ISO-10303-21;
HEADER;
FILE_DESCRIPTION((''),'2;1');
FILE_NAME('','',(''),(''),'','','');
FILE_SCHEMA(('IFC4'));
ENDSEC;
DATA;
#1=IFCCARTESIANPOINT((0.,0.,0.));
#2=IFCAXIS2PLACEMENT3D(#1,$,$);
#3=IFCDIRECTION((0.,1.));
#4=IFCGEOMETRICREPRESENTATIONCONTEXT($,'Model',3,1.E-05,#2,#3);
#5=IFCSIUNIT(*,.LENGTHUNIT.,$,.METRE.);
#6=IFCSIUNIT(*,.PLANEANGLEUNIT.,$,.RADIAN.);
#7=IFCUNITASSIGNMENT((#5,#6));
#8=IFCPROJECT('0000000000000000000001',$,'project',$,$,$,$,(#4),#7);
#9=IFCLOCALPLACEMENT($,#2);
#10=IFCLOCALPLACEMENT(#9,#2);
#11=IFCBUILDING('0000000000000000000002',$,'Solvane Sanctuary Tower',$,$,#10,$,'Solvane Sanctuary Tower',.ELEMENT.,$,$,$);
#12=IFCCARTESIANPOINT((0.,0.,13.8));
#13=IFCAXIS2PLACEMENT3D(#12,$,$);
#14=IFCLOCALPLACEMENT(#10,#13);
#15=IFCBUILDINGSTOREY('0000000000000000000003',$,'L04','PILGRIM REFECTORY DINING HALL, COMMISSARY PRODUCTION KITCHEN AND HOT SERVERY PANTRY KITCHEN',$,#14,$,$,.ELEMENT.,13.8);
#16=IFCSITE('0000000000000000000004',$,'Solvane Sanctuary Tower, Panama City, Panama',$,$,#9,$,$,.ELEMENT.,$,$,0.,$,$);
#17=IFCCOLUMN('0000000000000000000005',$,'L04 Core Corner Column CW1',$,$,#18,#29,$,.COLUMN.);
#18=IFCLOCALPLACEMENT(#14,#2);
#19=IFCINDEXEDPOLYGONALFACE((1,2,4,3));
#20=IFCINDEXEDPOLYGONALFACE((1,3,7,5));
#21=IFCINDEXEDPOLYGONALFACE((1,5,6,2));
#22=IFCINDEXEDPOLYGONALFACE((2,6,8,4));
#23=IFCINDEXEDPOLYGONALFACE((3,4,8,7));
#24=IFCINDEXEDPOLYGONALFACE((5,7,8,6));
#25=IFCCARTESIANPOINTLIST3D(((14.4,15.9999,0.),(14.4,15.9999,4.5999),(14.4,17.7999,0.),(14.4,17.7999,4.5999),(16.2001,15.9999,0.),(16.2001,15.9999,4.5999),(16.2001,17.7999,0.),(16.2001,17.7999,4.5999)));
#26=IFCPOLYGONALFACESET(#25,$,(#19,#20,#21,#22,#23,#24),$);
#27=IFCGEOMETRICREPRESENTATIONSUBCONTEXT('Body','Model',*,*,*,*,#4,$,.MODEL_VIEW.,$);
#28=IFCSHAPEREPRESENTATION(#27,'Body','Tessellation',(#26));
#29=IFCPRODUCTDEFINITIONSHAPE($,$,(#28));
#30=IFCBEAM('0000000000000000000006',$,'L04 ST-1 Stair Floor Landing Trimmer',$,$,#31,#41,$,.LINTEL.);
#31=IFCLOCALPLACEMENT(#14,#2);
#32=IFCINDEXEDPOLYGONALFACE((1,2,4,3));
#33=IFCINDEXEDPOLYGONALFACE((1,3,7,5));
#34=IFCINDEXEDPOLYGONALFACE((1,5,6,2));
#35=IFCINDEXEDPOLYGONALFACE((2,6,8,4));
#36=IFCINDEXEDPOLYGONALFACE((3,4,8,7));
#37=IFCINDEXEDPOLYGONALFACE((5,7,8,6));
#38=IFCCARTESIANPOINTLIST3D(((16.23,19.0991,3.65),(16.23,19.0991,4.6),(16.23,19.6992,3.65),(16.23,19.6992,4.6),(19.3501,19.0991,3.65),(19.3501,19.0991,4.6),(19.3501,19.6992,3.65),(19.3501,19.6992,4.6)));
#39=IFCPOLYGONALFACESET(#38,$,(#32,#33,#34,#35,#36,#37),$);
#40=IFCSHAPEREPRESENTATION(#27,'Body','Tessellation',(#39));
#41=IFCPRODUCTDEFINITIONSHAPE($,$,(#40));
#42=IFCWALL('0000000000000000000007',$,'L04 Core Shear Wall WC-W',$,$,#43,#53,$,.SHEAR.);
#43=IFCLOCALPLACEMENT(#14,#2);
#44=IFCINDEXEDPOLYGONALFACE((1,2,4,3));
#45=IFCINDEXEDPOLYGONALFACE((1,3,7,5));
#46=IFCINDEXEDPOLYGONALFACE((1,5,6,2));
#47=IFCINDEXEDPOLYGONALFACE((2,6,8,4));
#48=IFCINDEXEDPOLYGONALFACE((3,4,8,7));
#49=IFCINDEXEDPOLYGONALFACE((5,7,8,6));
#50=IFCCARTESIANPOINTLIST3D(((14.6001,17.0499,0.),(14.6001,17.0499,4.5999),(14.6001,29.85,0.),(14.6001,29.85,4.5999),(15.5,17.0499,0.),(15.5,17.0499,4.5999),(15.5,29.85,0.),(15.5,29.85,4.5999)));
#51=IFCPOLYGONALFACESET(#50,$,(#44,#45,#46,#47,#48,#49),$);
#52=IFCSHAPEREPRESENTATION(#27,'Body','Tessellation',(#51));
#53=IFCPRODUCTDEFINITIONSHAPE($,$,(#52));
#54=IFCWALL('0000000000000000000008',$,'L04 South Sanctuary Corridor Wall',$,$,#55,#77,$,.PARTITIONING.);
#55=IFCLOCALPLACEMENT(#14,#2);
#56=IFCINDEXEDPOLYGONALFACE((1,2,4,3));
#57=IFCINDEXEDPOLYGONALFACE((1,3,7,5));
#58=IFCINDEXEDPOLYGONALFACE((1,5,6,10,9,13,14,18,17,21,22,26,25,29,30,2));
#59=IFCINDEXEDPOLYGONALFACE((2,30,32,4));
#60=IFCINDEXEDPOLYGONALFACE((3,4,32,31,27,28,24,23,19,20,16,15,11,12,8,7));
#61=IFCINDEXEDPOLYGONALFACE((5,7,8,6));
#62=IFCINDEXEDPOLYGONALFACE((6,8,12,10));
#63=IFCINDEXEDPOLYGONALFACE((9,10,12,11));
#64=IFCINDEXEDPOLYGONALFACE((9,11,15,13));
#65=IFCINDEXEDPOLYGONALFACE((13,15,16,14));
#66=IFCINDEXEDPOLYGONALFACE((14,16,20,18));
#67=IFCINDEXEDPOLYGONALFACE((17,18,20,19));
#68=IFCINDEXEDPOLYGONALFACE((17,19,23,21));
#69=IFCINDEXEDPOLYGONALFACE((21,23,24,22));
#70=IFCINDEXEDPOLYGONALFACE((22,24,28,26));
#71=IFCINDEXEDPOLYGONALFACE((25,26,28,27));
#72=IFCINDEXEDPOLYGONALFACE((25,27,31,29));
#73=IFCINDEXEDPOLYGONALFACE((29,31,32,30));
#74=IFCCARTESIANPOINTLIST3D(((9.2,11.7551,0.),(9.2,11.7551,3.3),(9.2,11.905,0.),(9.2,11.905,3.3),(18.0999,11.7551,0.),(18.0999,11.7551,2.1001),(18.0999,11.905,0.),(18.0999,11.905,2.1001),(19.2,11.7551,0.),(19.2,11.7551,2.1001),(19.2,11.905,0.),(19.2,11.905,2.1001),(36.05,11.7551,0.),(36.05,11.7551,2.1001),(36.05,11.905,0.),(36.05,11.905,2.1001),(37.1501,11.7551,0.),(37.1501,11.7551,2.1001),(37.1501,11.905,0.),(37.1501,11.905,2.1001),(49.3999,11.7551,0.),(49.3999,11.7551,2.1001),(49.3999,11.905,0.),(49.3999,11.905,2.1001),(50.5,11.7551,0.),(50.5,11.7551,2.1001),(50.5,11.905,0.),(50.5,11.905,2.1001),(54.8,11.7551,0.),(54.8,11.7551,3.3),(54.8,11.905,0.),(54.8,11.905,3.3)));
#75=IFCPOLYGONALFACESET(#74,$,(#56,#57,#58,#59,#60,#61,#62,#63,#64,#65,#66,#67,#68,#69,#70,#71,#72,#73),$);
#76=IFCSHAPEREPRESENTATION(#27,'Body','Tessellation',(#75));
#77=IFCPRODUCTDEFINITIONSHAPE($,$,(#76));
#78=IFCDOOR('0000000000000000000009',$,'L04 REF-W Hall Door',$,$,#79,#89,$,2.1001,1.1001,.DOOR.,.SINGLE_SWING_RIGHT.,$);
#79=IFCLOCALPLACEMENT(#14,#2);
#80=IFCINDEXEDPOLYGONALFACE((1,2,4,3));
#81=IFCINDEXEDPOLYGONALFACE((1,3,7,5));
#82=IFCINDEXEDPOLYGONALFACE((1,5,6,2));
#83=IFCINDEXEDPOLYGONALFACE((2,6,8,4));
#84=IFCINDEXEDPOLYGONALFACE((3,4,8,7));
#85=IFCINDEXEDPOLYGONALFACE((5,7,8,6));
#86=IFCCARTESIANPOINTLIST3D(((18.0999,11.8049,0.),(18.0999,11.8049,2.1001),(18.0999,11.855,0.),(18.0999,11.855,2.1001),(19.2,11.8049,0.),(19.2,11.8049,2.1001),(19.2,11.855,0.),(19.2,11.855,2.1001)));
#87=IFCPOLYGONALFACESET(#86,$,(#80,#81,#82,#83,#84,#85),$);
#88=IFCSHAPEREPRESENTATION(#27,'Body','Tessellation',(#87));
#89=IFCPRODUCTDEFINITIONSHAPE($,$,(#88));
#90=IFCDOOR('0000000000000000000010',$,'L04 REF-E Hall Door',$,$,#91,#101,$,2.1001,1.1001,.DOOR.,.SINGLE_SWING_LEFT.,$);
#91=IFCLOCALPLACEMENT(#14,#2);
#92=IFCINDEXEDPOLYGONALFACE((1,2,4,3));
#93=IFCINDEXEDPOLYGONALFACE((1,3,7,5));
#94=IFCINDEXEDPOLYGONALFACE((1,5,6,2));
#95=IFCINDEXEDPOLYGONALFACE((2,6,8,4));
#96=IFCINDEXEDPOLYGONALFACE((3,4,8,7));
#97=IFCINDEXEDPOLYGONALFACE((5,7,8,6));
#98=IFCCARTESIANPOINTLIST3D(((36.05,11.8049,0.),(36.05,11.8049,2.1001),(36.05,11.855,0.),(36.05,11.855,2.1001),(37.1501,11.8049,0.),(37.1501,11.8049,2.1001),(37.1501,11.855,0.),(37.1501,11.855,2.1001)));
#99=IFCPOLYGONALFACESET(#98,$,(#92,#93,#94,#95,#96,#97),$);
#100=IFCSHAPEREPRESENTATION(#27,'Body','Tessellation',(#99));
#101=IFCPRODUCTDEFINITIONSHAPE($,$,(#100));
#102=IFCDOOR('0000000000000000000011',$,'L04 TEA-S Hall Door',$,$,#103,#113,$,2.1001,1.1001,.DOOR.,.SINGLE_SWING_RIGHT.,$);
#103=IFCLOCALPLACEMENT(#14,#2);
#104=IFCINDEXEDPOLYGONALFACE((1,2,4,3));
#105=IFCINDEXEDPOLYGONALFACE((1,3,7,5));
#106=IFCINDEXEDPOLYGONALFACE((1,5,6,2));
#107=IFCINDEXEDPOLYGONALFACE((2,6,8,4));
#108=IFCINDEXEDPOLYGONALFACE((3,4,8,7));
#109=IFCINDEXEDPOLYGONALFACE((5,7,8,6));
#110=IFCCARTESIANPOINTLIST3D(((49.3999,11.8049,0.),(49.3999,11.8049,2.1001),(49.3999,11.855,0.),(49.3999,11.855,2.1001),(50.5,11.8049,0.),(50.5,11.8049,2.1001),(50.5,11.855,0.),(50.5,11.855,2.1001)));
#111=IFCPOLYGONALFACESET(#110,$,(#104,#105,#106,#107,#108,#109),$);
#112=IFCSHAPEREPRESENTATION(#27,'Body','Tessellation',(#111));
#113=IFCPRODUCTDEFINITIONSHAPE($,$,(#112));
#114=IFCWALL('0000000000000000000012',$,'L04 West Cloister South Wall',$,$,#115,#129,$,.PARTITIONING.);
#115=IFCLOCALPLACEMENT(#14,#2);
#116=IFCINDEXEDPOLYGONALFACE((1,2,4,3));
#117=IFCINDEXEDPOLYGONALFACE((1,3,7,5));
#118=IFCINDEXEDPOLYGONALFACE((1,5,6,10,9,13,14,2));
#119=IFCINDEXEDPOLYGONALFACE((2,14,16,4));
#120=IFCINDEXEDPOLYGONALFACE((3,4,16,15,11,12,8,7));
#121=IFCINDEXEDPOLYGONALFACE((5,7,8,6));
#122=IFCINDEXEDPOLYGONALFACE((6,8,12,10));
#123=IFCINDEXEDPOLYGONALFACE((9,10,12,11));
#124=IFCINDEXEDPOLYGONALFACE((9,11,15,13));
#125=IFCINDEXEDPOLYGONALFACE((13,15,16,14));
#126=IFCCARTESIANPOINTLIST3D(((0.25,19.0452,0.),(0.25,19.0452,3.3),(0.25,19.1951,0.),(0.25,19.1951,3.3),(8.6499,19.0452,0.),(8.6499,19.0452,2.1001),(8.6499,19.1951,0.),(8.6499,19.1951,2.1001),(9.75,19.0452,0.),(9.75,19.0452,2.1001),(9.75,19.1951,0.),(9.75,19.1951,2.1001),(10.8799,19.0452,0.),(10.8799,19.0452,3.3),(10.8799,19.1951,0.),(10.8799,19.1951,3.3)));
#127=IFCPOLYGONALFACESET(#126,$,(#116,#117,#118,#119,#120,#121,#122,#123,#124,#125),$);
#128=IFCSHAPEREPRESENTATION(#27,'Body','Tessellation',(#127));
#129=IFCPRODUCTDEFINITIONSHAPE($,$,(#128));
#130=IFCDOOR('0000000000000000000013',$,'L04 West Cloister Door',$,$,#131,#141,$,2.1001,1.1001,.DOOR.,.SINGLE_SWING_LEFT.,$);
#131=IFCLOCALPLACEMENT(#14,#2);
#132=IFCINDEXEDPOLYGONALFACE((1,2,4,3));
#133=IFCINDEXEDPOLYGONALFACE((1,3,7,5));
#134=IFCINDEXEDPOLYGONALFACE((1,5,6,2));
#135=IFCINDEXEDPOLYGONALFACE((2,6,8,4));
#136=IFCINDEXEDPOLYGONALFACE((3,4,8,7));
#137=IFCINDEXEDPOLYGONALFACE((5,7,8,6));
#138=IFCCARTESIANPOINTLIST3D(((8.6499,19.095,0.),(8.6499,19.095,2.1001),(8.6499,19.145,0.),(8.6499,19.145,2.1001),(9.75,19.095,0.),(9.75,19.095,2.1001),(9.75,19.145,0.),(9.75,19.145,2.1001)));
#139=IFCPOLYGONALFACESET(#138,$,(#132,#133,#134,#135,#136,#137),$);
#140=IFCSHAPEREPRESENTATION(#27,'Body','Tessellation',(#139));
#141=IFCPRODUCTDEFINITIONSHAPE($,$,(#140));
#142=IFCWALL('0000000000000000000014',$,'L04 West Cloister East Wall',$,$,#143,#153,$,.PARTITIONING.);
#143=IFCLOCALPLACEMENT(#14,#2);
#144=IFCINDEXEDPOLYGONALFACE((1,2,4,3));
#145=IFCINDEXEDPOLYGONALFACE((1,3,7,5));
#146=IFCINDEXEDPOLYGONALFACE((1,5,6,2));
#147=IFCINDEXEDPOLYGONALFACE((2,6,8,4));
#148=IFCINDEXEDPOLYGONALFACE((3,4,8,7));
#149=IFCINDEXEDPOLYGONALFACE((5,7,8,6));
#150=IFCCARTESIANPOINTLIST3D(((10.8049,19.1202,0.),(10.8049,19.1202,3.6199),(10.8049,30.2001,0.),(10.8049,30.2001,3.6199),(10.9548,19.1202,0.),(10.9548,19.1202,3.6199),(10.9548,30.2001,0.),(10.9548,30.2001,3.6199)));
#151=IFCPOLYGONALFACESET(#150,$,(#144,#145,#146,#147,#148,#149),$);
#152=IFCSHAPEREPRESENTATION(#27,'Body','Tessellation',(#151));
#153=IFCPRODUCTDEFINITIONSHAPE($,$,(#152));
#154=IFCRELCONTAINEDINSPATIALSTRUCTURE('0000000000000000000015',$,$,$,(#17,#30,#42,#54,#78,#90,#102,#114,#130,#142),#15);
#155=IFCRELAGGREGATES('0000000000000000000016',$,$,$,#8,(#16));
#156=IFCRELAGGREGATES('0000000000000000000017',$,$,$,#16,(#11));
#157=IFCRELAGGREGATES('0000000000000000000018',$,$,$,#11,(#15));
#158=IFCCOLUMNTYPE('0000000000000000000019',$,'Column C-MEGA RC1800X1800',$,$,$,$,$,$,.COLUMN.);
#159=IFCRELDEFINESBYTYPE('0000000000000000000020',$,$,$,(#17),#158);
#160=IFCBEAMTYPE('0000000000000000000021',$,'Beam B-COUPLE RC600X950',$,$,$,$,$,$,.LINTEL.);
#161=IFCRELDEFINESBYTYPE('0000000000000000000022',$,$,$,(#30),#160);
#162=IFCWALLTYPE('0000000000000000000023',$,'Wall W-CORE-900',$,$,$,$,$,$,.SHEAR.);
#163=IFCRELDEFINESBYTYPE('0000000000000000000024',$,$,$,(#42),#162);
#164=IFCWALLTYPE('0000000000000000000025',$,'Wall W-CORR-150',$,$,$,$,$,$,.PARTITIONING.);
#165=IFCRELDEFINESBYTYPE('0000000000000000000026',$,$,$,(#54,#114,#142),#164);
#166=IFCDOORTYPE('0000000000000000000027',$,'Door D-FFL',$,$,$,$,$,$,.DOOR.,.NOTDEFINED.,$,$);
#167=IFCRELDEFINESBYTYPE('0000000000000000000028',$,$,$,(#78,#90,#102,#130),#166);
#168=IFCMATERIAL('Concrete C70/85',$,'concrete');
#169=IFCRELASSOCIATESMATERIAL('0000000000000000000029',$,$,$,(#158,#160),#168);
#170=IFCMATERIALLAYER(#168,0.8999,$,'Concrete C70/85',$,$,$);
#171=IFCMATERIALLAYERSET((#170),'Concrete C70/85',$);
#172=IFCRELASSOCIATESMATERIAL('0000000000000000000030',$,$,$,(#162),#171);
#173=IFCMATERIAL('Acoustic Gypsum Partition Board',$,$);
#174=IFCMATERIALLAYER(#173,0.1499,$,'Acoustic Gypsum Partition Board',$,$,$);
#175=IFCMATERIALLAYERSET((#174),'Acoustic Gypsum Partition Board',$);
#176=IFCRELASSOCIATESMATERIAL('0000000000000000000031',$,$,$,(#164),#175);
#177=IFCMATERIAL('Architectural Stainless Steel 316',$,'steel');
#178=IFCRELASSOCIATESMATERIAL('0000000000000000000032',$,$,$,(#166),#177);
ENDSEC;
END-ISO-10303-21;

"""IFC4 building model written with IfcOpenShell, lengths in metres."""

from ifc_helpers import new_model, si_unit, direction, frame, frame_2d, origin, origin_2d, place, context, subcontext, project, spatial, rectangle, extrude, material, layer, layer_set, material_profile, profile_set, type_object, element, fill, save


model = new_model("IFC4")

# Units and contexts
model_context = context("Model", 3, precision=1e-05, world=origin(), true_north=direction((0.0, 1.0)))
body_context = subcontext(model_context, "Body", "Model", "MODEL_VIEW")
ifc_project = project(units=[si_unit("LENGTHUNIT", "METRE"), si_unit("PLANEANGLEUNIT", "RADIAN")], contexts=[model_context])

# Site, building, storey
site_placement = place(None, origin())
site = spatial("IfcSite", under=ifc_project, at=site_placement, Name="Solvane Sanctuary Tower, Panama City, Panama", CompositionType="ELEMENT", RefElevation=0.0)
building_placement = place(site_placement, origin())
building = spatial("IfcBuilding", under=site, at=building_placement, Name="Solvane Sanctuary Tower", LongName="Solvane Sanctuary Tower", CompositionType="ELEMENT")
storey_placement = place(building_placement, frame((0.0, 0.0, 13.8)))
storey = spatial("IfcBuildingStorey", under=building, at=storey_placement, Name="L04", Description="PILGRIM REFECTORY DINING HALL, COMMISSARY PRODUCTION KITCHEN AND HOT SERVERY PANTRY KITCHEN", CompositionType="ELEMENT", Elevation=13.8)

# Column
ifc_material_1 = material(Name="Concrete C70/85", Category="concrete")
ifc_material_profile_1 = material_profile(ifc_material_1, rectangle(XDim=1.8, YDim=1.8, at=origin_2d()), Name="RC1800X1800")
ifc_profile_set_1 = profile_set([ifc_material_profile_1], Name="Concrete C70/85")
column_type = type_object("IfcColumnType", Name="Column C-MEGA RC1800X1800", PredefinedType="COLUMN", material=ifc_profile_set_1)
column_placement = place(storey_placement, frame((15.3, 16.8999, 0.0), z_axis=(0.0, 0.0, 1.0), x_axis=(1.0, 0.0, 0.0)))
element("IfcColumn", 1, at=column_placement, inside=storey, type_object=column_type, Name="L04 Core Corner Column CW1", PredefinedType="COLUMN", context=body_context, shape_type="SweptSolid", body=[
    extrude(rectangle(XDim=1.8, YDim=1.8, at=origin_2d()), origin(), (0.0, 0.0, 1.0), 4.5999),
])

# Beam
ifc_material_profile_2 = material_profile(ifc_material_1, rectangle(XDim=0.6001, YDim=0.95, at=origin_2d()), Name="RC600X950")
ifc_profile_set_2 = profile_set([ifc_material_profile_2], Name="Concrete C70/85")
beam_type = type_object("IfcBeamType", Name="Beam B-COUPLE RC600X950", PredefinedType="LINTEL", material=ifc_profile_set_2)
beam_placement = place(storey_placement, frame((16.23, 19.3992, 4.125), z_axis=(1.0, 0.0, 0.0), x_axis=(0.0, 1.0, 0.0)))
element("IfcBeam", 2, at=beam_placement, inside=storey, type_object=beam_type, Name="L04 ST-1 Stair Floor Landing Trimmer", PredefinedType="LINTEL", context=body_context, shape_type="SweptSolid", body=[
    extrude(rectangle(XDim=0.6001, YDim=0.95, at=origin_2d()), origin(), (0.0, 0.0, 1.0), 3.1201),
])

# Wall
ifc_layer_1 = layer(ifc_material_1, 0.8999, Name="Concrete C70/85")
ifc_layer_set_1 = layer_set([ifc_layer_1], Name="Concrete C70/85")
wall_type_1 = type_object("IfcWallType", Name="Wall W-CORE-900", PredefinedType="SHEAR", material=ifc_layer_set_1)
wall_1_placement = place(storey_placement, frame((15.05, 17.05, 0.0), z_axis=(0.0, 0.0, 1.0), x_axis=(0.0, 1.0, 0.0)))
element("IfcWall", 3, at=wall_1_placement, inside=storey, type_object=wall_type_1, Name="L04 Core Shear Wall WC-W", PredefinedType="SHEAR", context=body_context, shape_type="SweptSolid", body=[
    extrude(rectangle(XDim=12.8, YDim=0.8999, at=frame_2d((6.3999, 0.0))), origin(), (0.0, 0.0, 1.0), 4.5999),
])

# Wall, openings, doors
ifc_material_2 = material(Name="Acoustic Gypsum Partition Board")
ifc_layer_2 = layer(ifc_material_2, 0.1499, Name="Acoustic Gypsum Partition Board")
ifc_layer_set_2 = layer_set([ifc_layer_2], Name="Acoustic Gypsum Partition Board")
wall_type_2 = type_object("IfcWallType", Name="Wall W-CORR-150", PredefinedType="PARTITIONING", material=ifc_layer_set_2)
wall_2_placement = place(storey_placement, frame((9.2, 11.8301, 0.0), z_axis=(0.0, 0.0, 1.0), x_axis=(1.0, 0.0, 0.0)))
wall_2 = element("IfcWall", 4, at=wall_2_placement, inside=storey, type_object=wall_type_2, Name="L04 South Sanctuary Corridor Wall", PredefinedType="PARTITIONING", context=body_context, shape_type="SweptSolid", body=[
    extrude(rectangle(XDim=45.6001, YDim=0.1499, at=frame_2d((22.8, 0.0))), origin(), (0.0, 0.0, 1.0), 3.3),
])
opening_1_placement = place(wall_2_placement, frame((8.8999, 0.0, 0.0)))
opening_1 = element("IfcOpeningElement", 5, at=opening_1_placement, cuts=wall_2, PredefinedType="OPENING", context=body_context, shape_type="SweptSolid", body=[
    extrude(rectangle(XDim=1.1001, YDim=2.1001, at=frame_2d((0.55, 1.05))), frame((0.0, 0.085, 0.0), z_axis=(0.0, -1.0, 0.0), x_axis=(1.0, 0.0, 0.0)), (0.0, 0.0, 1.0), 0.1699),
])
opening_2_placement = place(wall_2_placement, frame((26.8501, 0.0, 0.0)))
opening_2 = element("IfcOpeningElement", 6, at=opening_2_placement, cuts=wall_2, PredefinedType="OPENING", context=body_context, shape_type="SweptSolid", body=[
    extrude(rectangle(XDim=1.1001, YDim=2.1001, at=frame_2d((0.55, 1.05))), frame((0.0, 0.085, 0.0), z_axis=(0.0, -1.0, 0.0), x_axis=(1.0, 0.0, 0.0)), (0.0, 0.0, 1.0), 0.1699),
])
opening_3_placement = place(wall_2_placement, frame((40.2, 0.0, 0.0)))
opening_3 = element("IfcOpeningElement", 7, at=opening_3_placement, cuts=wall_2, PredefinedType="OPENING", context=body_context, shape_type="SweptSolid", body=[
    extrude(rectangle(XDim=1.1001, YDim=2.1001, at=frame_2d((0.55, 1.05))), frame((0.0, 0.085, 0.0), z_axis=(0.0, -1.0, 0.0), x_axis=(1.0, 0.0, 0.0)), (0.0, 0.0, 1.0), 0.1699),
])
ifc_material_3 = material(Name="Architectural Stainless Steel 316", Category="steel")
door_type_1 = type_object("IfcDoorType", Name="Door D-FFL", OperationType="NOTDEFINED", PredefinedType="DOOR", material=ifc_material_3)
door_1_placement = place(opening_1_placement, origin())
door_1 = element("IfcDoor", 8, at=door_1_placement, inside=storey, type_object=door_type_1, Name="L04 REF-W Hall Door", OperationType="SINGLE_SWING_RIGHT", OverallHeight=2.1001, OverallWidth=1.1001, PredefinedType="DOOR", context=body_context, shape_type="SweptSolid", body=[
    extrude(rectangle(XDim=1.1001, YDim=2.1001, at=frame_2d((0.55, 1.05))), frame((0.0, 0.0249, 0.0), z_axis=(0.0, -1.0, 0.0), x_axis=(1.0, 0.0, 0.0)), (0.0, 0.0, 1.0), 0.05),
])
fill(opening_1, door_1)
door_2_placement = place(opening_2_placement, origin())
door_2 = element("IfcDoor", 9, at=door_2_placement, inside=storey, type_object=door_type_1, Name="L04 REF-E Hall Door", OperationType="SINGLE_SWING_LEFT", OverallHeight=2.1001, OverallWidth=1.1001, PredefinedType="DOOR", context=body_context, shape_type="SweptSolid", body=[
    extrude(rectangle(XDim=1.1001, YDim=2.1001, at=frame_2d((0.55, 1.05))), frame((0.0, 0.0249, 0.0), z_axis=(0.0, -1.0, 0.0), x_axis=(1.0, 0.0, 0.0)), (0.0, 0.0, 1.0), 0.05),
])
fill(opening_2, door_2)
door_3_placement = place(opening_3_placement, origin())
door_3 = element("IfcDoor", 10, at=door_3_placement, inside=storey, type_object=door_type_1, Name="L04 TEA-S Hall Door", OperationType="SINGLE_SWING_RIGHT", OverallHeight=2.1001, OverallWidth=1.1001, PredefinedType="DOOR", context=body_context, shape_type="SweptSolid", body=[
    extrude(rectangle(XDim=1.1001, YDim=2.1001, at=frame_2d((0.55, 1.05))), frame((0.0, 0.0249, 0.0), z_axis=(0.0, -1.0, 0.0), x_axis=(1.0, 0.0, 0.0)), (0.0, 0.0, 1.0), 0.05),
])
fill(opening_3, door_3)

# Wall, opening, door
wall_3_placement = place(storey_placement, frame((0.25, 19.1201, 0.0), z_axis=(0.0, 0.0, 1.0), x_axis=(1.0, 0.0, 0.0)))
wall_3 = element("IfcWall", 11, at=wall_3_placement, inside=storey, type_object=wall_type_2, Name="L04 West Cloister South Wall", PredefinedType="PARTITIONING", context=body_context, shape_type="SweptSolid", body=[
    extrude(rectangle(XDim=10.6299, YDim=0.1499, at=frame_2d((5.3149, 0.0))), origin(), (0.0, 0.0, 1.0), 3.3),
])
opening_4_placement = place(wall_3_placement, frame((8.3999, 0.0, 0.0)))
opening_4 = element("IfcOpeningElement", 12, at=opening_4_placement, cuts=wall_3, PredefinedType="OPENING", context=body_context, shape_type="SweptSolid", body=[
    extrude(rectangle(XDim=1.1001, YDim=2.1001, at=frame_2d((0.55, 1.05))), frame((0.0, 0.085, 0.0), z_axis=(0.0, -1.0, 0.0), x_axis=(1.0, 0.0, 0.0)), (0.0, 0.0, 1.0), 0.1699),
])
door_4_placement = place(opening_4_placement, origin())
door_4 = element("IfcDoor", 13, at=door_4_placement, inside=storey, type_object=door_type_1, Name="L04 West Cloister Door", OperationType="SINGLE_SWING_LEFT", OverallHeight=2.1001, OverallWidth=1.1001, PredefinedType="DOOR", context=body_context, shape_type="SweptSolid", body=[
    extrude(rectangle(XDim=1.1001, YDim=2.1001, at=frame_2d((0.55, 1.05))), frame((0.0, 0.0249, 0.0), z_axis=(0.0, -1.0, 0.0), x_axis=(1.0, 0.0, 0.0)), (0.0, 0.0, 1.0), 0.05),
])
fill(opening_4, door_4)

# Wall
wall_4_placement = place(storey_placement, frame((10.8799, 19.1201, 0.0), z_axis=(0.0, 0.0, 1.0), x_axis=(0.0, 1.0, 0.0)))
element("IfcWall", 14, at=wall_4_placement, inside=storey, type_object=wall_type_2, Name="L04 West Cloister East Wall", PredefinedType="PARTITIONING", context=body_context, shape_type="SweptSolid", body=[
    extrude(rectangle(XDim=11.0798, YDim=0.1499, at=frame_2d((5.54, 0.0))), origin(), (0.0, 0.0, 1.0), 3.6199),
])

save(model, "model.ifc")
